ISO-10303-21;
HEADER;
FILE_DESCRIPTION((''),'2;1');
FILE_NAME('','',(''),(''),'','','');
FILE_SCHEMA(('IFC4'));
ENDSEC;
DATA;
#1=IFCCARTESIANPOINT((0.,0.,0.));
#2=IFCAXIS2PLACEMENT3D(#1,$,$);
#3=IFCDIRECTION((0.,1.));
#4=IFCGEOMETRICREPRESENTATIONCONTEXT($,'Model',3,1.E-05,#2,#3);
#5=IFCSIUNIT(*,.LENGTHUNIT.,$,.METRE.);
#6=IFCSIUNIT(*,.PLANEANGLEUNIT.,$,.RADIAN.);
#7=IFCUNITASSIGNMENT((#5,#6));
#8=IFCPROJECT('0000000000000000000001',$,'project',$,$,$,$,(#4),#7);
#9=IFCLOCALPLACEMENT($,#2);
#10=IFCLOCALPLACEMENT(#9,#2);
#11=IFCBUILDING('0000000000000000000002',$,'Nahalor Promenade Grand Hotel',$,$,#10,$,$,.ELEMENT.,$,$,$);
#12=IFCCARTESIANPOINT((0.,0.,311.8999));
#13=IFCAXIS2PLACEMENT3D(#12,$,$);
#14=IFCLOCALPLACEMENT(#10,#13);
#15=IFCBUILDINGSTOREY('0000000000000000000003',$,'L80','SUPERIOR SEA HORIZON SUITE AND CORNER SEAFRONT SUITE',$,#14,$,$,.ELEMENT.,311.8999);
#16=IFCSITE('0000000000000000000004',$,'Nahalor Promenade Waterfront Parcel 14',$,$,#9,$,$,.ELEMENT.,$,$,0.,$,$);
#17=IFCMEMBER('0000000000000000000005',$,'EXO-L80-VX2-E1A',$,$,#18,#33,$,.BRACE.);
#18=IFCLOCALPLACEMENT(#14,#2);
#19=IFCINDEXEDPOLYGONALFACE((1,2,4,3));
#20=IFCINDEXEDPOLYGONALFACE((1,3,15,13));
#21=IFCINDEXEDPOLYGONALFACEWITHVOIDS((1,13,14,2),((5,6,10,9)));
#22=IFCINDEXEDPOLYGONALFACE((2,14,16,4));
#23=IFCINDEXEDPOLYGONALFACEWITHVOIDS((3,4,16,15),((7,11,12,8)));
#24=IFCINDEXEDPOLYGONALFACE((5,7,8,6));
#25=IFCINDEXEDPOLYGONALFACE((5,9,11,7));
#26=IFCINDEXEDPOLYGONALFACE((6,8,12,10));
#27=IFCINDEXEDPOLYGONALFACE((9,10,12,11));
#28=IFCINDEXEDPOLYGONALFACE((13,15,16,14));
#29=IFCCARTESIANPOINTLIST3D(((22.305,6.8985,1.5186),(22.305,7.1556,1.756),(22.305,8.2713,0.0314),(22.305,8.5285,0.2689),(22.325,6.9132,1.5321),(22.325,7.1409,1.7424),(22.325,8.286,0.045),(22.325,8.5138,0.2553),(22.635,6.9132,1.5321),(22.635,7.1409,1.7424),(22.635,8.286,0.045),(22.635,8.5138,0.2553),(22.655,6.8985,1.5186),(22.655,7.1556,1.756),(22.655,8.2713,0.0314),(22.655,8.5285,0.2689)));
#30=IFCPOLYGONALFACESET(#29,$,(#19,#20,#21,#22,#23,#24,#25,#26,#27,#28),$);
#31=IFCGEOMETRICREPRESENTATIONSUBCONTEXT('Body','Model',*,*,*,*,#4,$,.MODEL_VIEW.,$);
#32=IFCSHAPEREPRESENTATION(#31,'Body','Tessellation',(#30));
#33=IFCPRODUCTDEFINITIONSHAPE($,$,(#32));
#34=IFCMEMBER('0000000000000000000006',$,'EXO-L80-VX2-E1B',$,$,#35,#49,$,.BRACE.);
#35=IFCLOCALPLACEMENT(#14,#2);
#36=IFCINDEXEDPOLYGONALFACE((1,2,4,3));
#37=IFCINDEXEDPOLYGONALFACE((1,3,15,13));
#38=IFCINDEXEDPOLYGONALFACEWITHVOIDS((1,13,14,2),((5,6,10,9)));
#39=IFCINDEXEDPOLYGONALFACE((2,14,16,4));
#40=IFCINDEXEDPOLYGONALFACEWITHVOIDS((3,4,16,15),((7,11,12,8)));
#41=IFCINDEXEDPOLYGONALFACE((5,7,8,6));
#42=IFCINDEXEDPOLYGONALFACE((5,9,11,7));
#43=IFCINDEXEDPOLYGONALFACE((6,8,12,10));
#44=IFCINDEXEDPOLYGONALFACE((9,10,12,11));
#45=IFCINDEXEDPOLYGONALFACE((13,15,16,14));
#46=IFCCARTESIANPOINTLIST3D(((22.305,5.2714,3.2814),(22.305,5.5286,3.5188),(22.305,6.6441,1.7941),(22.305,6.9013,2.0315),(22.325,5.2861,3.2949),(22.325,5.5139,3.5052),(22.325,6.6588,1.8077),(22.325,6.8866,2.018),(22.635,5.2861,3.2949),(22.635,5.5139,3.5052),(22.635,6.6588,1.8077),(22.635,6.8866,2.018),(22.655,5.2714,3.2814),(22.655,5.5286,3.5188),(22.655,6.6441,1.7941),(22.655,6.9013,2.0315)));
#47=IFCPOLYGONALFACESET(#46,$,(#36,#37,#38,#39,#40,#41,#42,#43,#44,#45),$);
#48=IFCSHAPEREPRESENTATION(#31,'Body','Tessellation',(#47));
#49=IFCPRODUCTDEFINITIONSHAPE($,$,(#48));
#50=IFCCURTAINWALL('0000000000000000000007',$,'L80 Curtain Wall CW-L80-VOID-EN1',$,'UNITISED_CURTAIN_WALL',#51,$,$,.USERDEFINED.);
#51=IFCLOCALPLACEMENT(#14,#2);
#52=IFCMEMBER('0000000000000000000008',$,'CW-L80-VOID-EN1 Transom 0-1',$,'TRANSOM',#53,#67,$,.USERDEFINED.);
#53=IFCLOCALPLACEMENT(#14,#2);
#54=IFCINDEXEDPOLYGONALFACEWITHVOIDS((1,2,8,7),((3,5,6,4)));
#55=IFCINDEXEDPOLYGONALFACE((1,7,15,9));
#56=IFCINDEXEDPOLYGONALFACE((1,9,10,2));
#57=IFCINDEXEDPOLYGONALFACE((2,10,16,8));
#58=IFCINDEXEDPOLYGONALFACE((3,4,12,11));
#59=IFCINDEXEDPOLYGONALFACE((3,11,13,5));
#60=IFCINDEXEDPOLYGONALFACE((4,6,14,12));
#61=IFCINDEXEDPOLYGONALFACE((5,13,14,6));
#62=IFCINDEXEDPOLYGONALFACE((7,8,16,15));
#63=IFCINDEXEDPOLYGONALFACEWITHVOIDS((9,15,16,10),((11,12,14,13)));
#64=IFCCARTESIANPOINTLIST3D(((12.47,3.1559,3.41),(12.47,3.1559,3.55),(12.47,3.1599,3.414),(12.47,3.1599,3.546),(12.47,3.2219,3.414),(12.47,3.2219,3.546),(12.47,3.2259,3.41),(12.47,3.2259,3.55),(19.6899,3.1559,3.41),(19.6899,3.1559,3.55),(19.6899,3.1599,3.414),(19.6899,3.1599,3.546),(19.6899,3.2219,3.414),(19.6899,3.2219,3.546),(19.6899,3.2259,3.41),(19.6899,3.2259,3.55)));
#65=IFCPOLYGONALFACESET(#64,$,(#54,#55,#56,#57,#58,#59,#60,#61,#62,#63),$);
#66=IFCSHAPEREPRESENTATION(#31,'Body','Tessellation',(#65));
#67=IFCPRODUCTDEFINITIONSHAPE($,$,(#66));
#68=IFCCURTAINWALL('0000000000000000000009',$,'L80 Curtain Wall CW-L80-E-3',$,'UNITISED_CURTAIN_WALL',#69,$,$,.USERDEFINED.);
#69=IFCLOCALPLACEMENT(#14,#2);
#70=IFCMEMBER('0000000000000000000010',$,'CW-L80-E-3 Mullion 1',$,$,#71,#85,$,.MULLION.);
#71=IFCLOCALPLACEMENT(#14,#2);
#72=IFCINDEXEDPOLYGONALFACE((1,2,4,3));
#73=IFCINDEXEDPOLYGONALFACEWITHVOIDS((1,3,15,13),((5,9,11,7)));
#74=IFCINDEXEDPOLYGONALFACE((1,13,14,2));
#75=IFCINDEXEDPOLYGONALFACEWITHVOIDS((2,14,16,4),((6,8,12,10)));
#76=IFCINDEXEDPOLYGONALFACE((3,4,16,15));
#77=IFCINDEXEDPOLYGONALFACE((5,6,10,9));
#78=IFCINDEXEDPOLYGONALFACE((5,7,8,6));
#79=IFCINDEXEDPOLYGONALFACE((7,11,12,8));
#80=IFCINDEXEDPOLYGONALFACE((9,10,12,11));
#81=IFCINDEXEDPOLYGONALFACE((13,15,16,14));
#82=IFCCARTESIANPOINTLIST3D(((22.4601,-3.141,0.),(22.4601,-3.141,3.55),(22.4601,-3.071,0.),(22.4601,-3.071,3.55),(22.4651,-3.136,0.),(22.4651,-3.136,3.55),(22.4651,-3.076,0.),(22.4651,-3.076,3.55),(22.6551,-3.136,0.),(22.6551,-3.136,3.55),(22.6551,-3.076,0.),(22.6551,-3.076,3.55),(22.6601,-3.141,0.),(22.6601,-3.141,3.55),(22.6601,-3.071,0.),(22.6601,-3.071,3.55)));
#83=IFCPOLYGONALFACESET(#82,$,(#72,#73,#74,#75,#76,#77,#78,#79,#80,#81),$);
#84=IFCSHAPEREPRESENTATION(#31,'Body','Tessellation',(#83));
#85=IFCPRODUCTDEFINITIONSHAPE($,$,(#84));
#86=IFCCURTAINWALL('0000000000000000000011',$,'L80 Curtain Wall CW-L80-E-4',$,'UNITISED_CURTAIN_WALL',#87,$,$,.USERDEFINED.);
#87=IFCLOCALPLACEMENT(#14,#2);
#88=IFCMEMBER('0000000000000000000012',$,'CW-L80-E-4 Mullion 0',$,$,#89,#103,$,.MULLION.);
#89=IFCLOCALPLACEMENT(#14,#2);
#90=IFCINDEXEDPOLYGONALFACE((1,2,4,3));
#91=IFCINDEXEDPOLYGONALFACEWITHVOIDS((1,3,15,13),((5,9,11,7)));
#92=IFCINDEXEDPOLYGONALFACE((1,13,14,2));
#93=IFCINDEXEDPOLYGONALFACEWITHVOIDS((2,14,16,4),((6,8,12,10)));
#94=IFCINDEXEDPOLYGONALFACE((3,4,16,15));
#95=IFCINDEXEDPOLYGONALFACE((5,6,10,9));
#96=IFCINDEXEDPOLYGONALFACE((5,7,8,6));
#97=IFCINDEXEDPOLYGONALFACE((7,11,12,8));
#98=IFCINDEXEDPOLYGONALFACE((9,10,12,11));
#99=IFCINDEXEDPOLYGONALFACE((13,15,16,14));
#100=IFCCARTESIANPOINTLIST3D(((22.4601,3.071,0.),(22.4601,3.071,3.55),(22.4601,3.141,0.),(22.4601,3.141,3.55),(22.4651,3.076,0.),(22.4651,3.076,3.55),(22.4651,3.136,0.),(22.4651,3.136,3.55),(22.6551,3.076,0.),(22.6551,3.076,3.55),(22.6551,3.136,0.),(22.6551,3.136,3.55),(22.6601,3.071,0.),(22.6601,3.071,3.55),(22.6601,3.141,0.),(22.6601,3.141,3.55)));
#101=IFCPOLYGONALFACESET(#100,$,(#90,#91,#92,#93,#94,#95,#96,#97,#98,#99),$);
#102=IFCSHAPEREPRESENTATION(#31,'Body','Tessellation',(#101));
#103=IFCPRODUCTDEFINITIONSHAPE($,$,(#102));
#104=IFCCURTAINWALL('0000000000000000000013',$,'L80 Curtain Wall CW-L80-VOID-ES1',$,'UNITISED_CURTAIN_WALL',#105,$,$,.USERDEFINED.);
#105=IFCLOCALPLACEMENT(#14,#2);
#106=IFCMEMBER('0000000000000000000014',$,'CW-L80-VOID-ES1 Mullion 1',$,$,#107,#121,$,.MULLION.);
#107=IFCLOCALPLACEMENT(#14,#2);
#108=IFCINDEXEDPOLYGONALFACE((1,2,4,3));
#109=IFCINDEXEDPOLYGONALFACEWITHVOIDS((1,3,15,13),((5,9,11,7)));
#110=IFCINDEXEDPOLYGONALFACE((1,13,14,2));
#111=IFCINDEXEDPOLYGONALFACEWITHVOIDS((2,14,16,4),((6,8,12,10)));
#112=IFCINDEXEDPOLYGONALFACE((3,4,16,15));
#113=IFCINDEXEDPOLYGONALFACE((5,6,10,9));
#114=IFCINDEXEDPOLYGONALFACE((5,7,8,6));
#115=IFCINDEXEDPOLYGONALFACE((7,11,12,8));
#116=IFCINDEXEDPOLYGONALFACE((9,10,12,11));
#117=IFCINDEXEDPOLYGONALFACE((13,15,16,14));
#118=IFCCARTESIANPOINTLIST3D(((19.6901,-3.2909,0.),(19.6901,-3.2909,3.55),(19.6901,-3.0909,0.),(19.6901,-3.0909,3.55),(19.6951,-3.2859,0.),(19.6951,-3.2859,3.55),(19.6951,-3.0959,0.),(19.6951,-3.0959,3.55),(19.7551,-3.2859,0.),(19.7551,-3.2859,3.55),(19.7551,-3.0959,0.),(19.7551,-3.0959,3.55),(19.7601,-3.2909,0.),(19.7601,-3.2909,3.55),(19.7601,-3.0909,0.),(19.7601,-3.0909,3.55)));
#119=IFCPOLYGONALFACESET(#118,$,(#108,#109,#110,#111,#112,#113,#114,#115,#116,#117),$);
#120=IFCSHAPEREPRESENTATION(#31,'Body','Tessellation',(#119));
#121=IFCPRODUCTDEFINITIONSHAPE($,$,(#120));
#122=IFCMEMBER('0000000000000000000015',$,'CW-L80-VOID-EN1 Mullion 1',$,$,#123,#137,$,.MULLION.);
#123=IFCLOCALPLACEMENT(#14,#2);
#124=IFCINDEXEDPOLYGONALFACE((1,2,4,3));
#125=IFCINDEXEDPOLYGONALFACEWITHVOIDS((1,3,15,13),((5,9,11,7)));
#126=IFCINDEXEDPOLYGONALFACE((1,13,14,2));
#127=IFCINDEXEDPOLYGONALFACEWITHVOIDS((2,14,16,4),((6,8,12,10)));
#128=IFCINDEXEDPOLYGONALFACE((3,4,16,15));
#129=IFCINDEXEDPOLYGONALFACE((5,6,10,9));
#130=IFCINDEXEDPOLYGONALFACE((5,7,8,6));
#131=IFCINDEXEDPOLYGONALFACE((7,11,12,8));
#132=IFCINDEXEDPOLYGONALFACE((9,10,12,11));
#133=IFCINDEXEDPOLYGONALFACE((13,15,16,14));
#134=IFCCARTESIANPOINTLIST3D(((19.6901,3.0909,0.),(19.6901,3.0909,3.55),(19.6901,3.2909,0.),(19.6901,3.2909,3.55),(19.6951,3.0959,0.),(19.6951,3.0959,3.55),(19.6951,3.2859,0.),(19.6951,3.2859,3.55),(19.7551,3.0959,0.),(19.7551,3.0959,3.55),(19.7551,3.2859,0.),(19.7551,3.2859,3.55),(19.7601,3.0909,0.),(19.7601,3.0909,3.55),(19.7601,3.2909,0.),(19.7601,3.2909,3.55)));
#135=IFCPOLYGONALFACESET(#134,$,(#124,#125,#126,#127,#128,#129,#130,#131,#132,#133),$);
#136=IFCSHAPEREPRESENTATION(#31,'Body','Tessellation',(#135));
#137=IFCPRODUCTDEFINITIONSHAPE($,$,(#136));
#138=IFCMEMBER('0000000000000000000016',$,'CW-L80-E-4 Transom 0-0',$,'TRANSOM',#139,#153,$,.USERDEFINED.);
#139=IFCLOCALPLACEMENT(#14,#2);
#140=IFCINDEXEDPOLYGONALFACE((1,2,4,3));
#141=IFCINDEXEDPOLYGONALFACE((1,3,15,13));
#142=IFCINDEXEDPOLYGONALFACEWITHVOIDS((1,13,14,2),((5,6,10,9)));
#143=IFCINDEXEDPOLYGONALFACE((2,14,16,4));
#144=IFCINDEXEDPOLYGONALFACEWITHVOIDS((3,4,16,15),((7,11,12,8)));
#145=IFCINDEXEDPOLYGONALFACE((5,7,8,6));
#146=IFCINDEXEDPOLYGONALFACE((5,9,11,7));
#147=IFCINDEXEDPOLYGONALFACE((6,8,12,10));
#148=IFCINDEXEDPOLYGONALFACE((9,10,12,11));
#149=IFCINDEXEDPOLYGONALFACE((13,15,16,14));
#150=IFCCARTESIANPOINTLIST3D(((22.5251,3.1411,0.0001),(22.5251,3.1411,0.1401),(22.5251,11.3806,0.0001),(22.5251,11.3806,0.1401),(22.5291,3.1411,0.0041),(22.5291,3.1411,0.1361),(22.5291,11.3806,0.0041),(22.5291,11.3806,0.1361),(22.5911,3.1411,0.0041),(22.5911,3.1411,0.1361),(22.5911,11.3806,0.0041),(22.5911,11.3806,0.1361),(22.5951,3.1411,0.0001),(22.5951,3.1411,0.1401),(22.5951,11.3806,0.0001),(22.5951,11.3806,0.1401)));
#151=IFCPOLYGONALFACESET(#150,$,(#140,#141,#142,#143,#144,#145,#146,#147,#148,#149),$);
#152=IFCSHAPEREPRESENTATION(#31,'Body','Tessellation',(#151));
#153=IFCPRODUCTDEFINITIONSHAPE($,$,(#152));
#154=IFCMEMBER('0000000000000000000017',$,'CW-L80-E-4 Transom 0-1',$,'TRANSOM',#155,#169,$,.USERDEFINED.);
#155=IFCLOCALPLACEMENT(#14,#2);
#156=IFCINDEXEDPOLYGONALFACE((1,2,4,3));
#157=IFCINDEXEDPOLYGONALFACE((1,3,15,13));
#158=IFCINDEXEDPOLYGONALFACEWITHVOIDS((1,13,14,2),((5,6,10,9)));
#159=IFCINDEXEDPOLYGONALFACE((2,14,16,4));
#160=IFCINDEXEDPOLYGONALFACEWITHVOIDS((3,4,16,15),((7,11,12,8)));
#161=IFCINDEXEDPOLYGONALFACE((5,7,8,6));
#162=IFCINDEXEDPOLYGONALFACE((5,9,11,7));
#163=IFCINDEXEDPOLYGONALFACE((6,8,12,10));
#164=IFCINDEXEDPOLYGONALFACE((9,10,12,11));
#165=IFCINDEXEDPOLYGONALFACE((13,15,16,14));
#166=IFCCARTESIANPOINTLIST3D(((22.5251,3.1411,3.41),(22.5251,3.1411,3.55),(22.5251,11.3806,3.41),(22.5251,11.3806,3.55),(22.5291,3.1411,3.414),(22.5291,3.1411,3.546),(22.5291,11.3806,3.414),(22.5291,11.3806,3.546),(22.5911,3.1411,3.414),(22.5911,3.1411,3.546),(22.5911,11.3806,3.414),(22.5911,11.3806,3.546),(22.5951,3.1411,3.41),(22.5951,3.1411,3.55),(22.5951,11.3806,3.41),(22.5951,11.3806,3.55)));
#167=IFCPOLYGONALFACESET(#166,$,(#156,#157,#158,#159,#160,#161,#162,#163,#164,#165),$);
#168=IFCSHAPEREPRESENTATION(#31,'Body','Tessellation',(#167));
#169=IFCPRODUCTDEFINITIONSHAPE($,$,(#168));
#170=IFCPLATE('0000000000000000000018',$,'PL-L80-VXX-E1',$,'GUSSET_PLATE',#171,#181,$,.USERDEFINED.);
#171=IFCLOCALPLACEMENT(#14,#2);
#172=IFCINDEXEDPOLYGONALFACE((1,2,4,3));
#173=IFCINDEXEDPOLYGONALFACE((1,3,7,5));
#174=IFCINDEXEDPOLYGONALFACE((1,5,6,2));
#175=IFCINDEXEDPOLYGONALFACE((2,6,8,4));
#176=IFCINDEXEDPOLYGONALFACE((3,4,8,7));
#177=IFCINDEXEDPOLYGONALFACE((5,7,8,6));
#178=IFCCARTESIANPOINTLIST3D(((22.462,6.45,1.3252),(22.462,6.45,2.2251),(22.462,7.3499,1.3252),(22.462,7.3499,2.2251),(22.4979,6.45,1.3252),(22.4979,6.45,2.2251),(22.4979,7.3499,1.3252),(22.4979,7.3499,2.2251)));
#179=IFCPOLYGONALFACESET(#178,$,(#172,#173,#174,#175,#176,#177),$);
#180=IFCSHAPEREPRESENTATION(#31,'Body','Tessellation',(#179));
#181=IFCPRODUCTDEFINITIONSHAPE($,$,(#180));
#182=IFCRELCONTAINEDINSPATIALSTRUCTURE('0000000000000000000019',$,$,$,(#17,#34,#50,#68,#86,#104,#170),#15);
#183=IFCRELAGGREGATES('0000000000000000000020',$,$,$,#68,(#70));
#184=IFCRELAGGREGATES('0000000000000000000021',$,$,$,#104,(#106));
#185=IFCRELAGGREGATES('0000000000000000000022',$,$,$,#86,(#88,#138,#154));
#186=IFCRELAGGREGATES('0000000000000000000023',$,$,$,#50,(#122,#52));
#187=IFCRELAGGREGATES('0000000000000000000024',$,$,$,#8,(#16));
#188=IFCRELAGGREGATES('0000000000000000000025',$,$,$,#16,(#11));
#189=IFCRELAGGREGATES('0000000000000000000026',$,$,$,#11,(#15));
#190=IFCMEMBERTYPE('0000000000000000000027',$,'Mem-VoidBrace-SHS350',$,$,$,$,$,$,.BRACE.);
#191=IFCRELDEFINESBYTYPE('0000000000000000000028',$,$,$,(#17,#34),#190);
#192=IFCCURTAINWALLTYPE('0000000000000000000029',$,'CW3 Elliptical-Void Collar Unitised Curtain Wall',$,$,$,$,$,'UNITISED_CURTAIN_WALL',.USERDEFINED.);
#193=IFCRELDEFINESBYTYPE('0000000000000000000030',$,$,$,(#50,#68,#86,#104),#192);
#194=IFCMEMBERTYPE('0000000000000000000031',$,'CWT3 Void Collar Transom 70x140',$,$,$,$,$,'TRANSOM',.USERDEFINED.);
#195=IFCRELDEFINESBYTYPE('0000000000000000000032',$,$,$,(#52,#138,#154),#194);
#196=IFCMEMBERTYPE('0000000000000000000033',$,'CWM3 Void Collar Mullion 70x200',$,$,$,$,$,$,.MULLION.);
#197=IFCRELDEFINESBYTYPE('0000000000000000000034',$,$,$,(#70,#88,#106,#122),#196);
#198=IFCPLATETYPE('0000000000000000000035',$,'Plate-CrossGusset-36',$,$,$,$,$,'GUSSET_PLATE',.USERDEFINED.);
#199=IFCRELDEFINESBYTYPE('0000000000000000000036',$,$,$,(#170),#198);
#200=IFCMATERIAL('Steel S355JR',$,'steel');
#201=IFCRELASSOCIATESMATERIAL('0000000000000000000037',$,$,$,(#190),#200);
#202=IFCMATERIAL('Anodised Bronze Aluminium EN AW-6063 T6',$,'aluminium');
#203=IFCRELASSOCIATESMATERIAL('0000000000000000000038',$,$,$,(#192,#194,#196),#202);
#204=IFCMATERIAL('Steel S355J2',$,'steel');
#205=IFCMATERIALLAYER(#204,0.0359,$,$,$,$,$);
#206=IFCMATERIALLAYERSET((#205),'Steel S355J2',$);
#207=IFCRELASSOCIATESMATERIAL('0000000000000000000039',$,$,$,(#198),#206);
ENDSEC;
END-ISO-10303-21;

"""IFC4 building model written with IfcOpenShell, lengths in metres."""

from ifc_helpers import new_model, si_unit, direction, frame, origin, origin_2d, place, context, subcontext, project, spatial, rectangle, hollow_rectangle, extrude, source, transform, mapped, material, layer, layer_set, material_profile, profile_set, type_object, element, aggregate, save


model = new_model("IFC4")

# Units and contexts
model_context = context("Model", 3, precision=1e-05, world=origin(), true_north=direction((0.0, 1.0)))
body_context = subcontext(model_context, "Body", "Model", "MODEL_VIEW")
ifc_project = project(units=[si_unit("LENGTHUNIT", "METRE"), si_unit("PLANEANGLEUNIT", "RADIAN")], contexts=[model_context])

# Site, building, storey
site_placement = place(None, origin())
site = spatial("IfcSite", under=ifc_project, at=site_placement, Name="Nahalor Promenade Waterfront Parcel 14", CompositionType="ELEMENT", RefElevation=0.0)
building_placement = place(site_placement, origin())
building = spatial("IfcBuilding", under=site, at=building_placement, Name="Nahalor Promenade Grand Hotel", CompositionType="ELEMENT")
storey_placement = place(building_placement, frame((0.0, 0.0, 311.8999)))
storey = spatial("IfcBuildingStorey", under=building, at=storey_placement, Name="L80", Description="SUPERIOR SEA HORIZON SUITE AND CORNER SEAFRONT SUITE", CompositionType="ELEMENT", Elevation=311.8999)

# Shared definitions
ifc_material_1 = material(Name="Steel S355JR", Category="steel")

# Members
ifc_material_profile_1 = material_profile(ifc_material_1, hollow_rectangle(XDim=0.35, YDim=0.35, WallThickness=0.02, at=origin_2d()), Name="SHS 350x350x20")
ifc_profile_set_1 = profile_set([ifc_material_profile_1], Name="Steel S355JR")
member_type_1 = type_object("IfcMemberType", Name="Mem-VoidBrace-SHS350", PredefinedType="BRACE", material=ifc_profile_set_1)
shared_shape_1 = source(origin(), body_context, "Body", "SweptSolid", [
    extrude(hollow_rectangle(XDim=0.35, YDim=0.35, WallThickness=0.02, at=origin_2d()), origin(), (0.0, 0.0, 1.0), 2.0239),
])
for number, where, z_axis, x_axis, name in (
    (1, (22.48, 8.3999, 0.1501), (0.0, -0.678315, 0.734771), (1.0, 0.0, 0.0), "EXO-L80-VX2-E1A"),
    (2, (22.48, 6.7727, 1.9128), (0.0, -0.678255, 0.734827), (1.0, 0.0, 0.0), "EXO-L80-VX2-E1B"),
):
    element("IfcMember", number, at=place(storey_placement, frame(where, z_axis=z_axis, x_axis=x_axis)), inside=storey, type_object=member_type_1, Name=name, PredefinedType="BRACE", context=body_context, shape_type="MappedRepresentation", body=[
        mapped(shared_shape_1, transform((0.0, 0.0, 0.0), scale=1.0)),
    ])

# Curtain walls, members
ifc_material_2 = material(Name="Anodised Bronze Aluminium EN AW-6063 T6", Category="aluminium")
curtain_wall_type = type_object("IfcCurtainWallType", Name="CW3 Elliptical-Void Collar Unitised Curtain Wall", ElementType="UNITISED_CURTAIN_WALL", PredefinedType="USERDEFINED", material=ifc_material_2)
curtain_wall_1_placement = place(storey_placement, origin())
curtain_wall_1 = element("IfcCurtainWall", 3, at=curtain_wall_1_placement, inside=storey, type_object=curtain_wall_type, Name="L80 Curtain Wall CW-L80-VOID-EN1", ObjectType="UNITISED_CURTAIN_WALL", PredefinedType="USERDEFINED")
ifc_material_profile_2 = material_profile(ifc_material_2, hollow_rectangle(XDim=0.07, YDim=0.14, WallThickness=0.004, at=origin_2d()), Name="CWT 70x140x4")
ifc_profile_set_2 = profile_set([ifc_material_profile_2], Name="Anodised Bronze Aluminium EN AW-6063 T6")
member_type_2 = type_object("IfcMemberType", Name="CWT3 Void Collar Transom 70x140", ElementType="TRANSOM", PredefinedType="USERDEFINED", material=ifc_profile_set_2)
shared_shape_2 = source(origin(), body_context, "Body", "SweptSolid", [
    extrude(hollow_rectangle(XDim=0.07, YDim=0.14, WallThickness=0.004, at=origin_2d()), origin(), (0.0, 0.0, 1.0), 7.22),
])
member_1_placement = place(storey_placement, frame((12.47, 3.1909, 3.48), z_axis=(1.0, 0.0, 0.0), x_axis=(0.0, 1.0, 0.0)))
member_1 = element("IfcMember", 4, at=member_1_placement, type_object=member_type_2, Name="CW-L80-VOID-EN1 Transom 0-1", ObjectType="TRANSOM", PredefinedType="USERDEFINED", context=body_context, shape_type="MappedRepresentation", body=[
    mapped(shared_shape_2, transform((0.0, 0.0, 0.0), scale=1.0)),
])
curtain_wall_2_placement = place(storey_placement, origin())
curtain_wall_2 = element("IfcCurtainWall", 5, at=curtain_wall_2_placement, inside=storey, type_object=curtain_wall_type, Name="L80 Curtain Wall CW-L80-E-3", ObjectType="UNITISED_CURTAIN_WALL", PredefinedType="USERDEFINED")
ifc_material_profile_3 = material_profile(ifc_material_2, hollow_rectangle(XDim=0.07, YDim=0.2, WallThickness=0.005, at=origin_2d()), Name="CWM 70x200x5")
ifc_profile_set_3 = profile_set([ifc_material_profile_3], Name="Anodised Bronze Aluminium EN AW-6063 T6")
member_type_3 = type_object("IfcMemberType", Name="CWM3 Void Collar Mullion 70x200", PredefinedType="MULLION", material=ifc_profile_set_3)
shared_shape_3 = source(origin(), body_context, "Body", "SweptSolid", [
    extrude(hollow_rectangle(XDim=0.07, YDim=0.2, WallThickness=0.005, at=origin_2d()), origin(), (0.0, 0.0, 1.0), 3.55),
])
member_2_placement = place(storey_placement, frame((22.5601, -3.106, 0.0), z_axis=(0.0, 0.0, 1.0), x_axis=(0.0, 1.0, 0.0)))
member_2 = element("IfcMember", 6, at=member_2_placement, type_object=member_type_3, Name="CW-L80-E-3 Mullion 1", PredefinedType="MULLION", context=body_context, shape_type="MappedRepresentation", body=[
    mapped(shared_shape_3, transform((0.0, 0.0, 0.0), scale=1.0)),
])
aggregate(curtain_wall_2, [member_2])
curtain_wall_3_placement = place(storey_placement, origin())
curtain_wall_3 = element("IfcCurtainWall", 7, at=curtain_wall_3_placement, inside=storey, type_object=curtain_wall_type, Name="L80 Curtain Wall CW-L80-E-4", ObjectType="UNITISED_CURTAIN_WALL", PredefinedType="USERDEFINED")
member_3_placement = place(storey_placement, frame((22.5601, 3.106, 0.0), z_axis=(0.0, 0.0, 1.0), x_axis=(0.0, 1.0, 0.0)))
member_3 = element("IfcMember", 8, at=member_3_placement, type_object=member_type_3, Name="CW-L80-E-4 Mullion 0", PredefinedType="MULLION", context=body_context, shape_type="MappedRepresentation", body=[
    mapped(shared_shape_3, transform((0.0, 0.0, 0.0), scale=1.0)),
])
curtain_wall_4_placement = place(storey_placement, origin())
curtain_wall_4 = element("IfcCurtainWall", 9, at=curtain_wall_4_placement, inside=storey, type_object=curtain_wall_type, Name="L80 Curtain Wall CW-L80-VOID-ES1", ObjectType="UNITISED_CURTAIN_WALL", PredefinedType="USERDEFINED")
member_4_placement = place(storey_placement, frame((19.7251, -3.1909, 0.0), z_axis=(0.0, 0.0, 1.0), x_axis=(1.0, 0.0, 0.0)))
member_4 = element("IfcMember", 10, at=member_4_placement, type_object=member_type_3, Name="CW-L80-VOID-ES1 Mullion 1", PredefinedType="MULLION", context=body_context, shape_type="MappedRepresentation", body=[
    mapped(shared_shape_3, transform((0.0, 0.0, 0.0), scale=1.0)),
])
aggregate(curtain_wall_4, [member_4])

# Members
member_5_placement = place(storey_placement, frame((19.7251, 3.1909, 0.0), z_axis=(0.0, 0.0, 1.0), x_axis=(1.0, 0.0, 0.0)))
member_5 = element("IfcMember", 11, at=member_5_placement, type_object=member_type_3, Name="CW-L80-VOID-EN1 Mullion 1", PredefinedType="MULLION", context=body_context, shape_type="MappedRepresentation", body=[
    mapped(shared_shape_3, transform((0.0, 0.0, 0.0), scale=1.0)),
])
shared_shape_4 = source(origin(), body_context, "Body", "SweptSolid", [
    extrude(hollow_rectangle(XDim=0.07, YDim=0.14, WallThickness=0.004, at=origin_2d()), origin(), (0.0, 0.0, 1.0), 8.2395),
])
member_6_placement = place(storey_placement, frame((22.5601, 3.1411, 0.0701), z_axis=(0.0, 1.0, 0.0), x_axis=(-1.0, 0.0, 0.0)))
member_6 = element("IfcMember", 12, at=member_6_placement, type_object=member_type_2, Name="CW-L80-E-4 Transom 0-0", ObjectType="TRANSOM", PredefinedType="USERDEFINED", context=body_context, shape_type="MappedRepresentation", body=[
    mapped(shared_shape_4, transform((0.0, 0.0, 0.0), scale=1.0)),
])
member_7_placement = place(storey_placement, frame((22.5601, 3.1411, 3.48), z_axis=(0.0, 1.0, 0.0), x_axis=(-1.0, 0.0, 0.0)))
member_7 = element("IfcMember", 13, at=member_7_placement, type_object=member_type_2, Name="CW-L80-E-4 Transom 0-1", ObjectType="TRANSOM", PredefinedType="USERDEFINED", context=body_context, shape_type="MappedRepresentation", body=[
    mapped(shared_shape_4, transform((0.0, 0.0, 0.0), scale=1.0)),
])

# Plate
aggregate(curtain_wall_3, [member_3, member_6, member_7])
ifc_material_3 = material(Name="Steel S355J2", Category="steel")
ifc_layer_1 = layer(ifc_material_3, 0.0359)
ifc_layer_set_1 = layer_set([ifc_layer_1], Name="Steel S355J2")
plate_type_1 = type_object("IfcPlateType", Name="Plate-CrossGusset-36", ElementType="GUSSET_PLATE", PredefinedType="USERDEFINED", material=ifc_layer_set_1)
shared_shape_5 = source(origin(), body_context, "Body", "SweptSolid", [
    extrude(rectangle(XDim=0.8999, YDim=0.0359, at=origin_2d()), origin(), (0.0, 0.0, 1.0), 0.8999),
])
plate_1_placement = place(storey_placement, frame((22.48, 6.8999, 1.3252), z_axis=(0.0, 0.0, 1.0), x_axis=(0.0, 1.0, 0.0)))
element("IfcPlate", 14, at=plate_1_placement, inside=storey, type_object=plate_type_1, Name="PL-L80-VXX-E1", ObjectType="GUSSET_PLATE", PredefinedType="USERDEFINED", context=body_context, shape_type="MappedRepresentation", body=[
    mapped(shared_shape_5, transform((0.0, 0.0, 0.0), scale=1.0)),
])
aggregate(curtain_wall_1, [member_5, member_1])

save(model, "model.ifc")
